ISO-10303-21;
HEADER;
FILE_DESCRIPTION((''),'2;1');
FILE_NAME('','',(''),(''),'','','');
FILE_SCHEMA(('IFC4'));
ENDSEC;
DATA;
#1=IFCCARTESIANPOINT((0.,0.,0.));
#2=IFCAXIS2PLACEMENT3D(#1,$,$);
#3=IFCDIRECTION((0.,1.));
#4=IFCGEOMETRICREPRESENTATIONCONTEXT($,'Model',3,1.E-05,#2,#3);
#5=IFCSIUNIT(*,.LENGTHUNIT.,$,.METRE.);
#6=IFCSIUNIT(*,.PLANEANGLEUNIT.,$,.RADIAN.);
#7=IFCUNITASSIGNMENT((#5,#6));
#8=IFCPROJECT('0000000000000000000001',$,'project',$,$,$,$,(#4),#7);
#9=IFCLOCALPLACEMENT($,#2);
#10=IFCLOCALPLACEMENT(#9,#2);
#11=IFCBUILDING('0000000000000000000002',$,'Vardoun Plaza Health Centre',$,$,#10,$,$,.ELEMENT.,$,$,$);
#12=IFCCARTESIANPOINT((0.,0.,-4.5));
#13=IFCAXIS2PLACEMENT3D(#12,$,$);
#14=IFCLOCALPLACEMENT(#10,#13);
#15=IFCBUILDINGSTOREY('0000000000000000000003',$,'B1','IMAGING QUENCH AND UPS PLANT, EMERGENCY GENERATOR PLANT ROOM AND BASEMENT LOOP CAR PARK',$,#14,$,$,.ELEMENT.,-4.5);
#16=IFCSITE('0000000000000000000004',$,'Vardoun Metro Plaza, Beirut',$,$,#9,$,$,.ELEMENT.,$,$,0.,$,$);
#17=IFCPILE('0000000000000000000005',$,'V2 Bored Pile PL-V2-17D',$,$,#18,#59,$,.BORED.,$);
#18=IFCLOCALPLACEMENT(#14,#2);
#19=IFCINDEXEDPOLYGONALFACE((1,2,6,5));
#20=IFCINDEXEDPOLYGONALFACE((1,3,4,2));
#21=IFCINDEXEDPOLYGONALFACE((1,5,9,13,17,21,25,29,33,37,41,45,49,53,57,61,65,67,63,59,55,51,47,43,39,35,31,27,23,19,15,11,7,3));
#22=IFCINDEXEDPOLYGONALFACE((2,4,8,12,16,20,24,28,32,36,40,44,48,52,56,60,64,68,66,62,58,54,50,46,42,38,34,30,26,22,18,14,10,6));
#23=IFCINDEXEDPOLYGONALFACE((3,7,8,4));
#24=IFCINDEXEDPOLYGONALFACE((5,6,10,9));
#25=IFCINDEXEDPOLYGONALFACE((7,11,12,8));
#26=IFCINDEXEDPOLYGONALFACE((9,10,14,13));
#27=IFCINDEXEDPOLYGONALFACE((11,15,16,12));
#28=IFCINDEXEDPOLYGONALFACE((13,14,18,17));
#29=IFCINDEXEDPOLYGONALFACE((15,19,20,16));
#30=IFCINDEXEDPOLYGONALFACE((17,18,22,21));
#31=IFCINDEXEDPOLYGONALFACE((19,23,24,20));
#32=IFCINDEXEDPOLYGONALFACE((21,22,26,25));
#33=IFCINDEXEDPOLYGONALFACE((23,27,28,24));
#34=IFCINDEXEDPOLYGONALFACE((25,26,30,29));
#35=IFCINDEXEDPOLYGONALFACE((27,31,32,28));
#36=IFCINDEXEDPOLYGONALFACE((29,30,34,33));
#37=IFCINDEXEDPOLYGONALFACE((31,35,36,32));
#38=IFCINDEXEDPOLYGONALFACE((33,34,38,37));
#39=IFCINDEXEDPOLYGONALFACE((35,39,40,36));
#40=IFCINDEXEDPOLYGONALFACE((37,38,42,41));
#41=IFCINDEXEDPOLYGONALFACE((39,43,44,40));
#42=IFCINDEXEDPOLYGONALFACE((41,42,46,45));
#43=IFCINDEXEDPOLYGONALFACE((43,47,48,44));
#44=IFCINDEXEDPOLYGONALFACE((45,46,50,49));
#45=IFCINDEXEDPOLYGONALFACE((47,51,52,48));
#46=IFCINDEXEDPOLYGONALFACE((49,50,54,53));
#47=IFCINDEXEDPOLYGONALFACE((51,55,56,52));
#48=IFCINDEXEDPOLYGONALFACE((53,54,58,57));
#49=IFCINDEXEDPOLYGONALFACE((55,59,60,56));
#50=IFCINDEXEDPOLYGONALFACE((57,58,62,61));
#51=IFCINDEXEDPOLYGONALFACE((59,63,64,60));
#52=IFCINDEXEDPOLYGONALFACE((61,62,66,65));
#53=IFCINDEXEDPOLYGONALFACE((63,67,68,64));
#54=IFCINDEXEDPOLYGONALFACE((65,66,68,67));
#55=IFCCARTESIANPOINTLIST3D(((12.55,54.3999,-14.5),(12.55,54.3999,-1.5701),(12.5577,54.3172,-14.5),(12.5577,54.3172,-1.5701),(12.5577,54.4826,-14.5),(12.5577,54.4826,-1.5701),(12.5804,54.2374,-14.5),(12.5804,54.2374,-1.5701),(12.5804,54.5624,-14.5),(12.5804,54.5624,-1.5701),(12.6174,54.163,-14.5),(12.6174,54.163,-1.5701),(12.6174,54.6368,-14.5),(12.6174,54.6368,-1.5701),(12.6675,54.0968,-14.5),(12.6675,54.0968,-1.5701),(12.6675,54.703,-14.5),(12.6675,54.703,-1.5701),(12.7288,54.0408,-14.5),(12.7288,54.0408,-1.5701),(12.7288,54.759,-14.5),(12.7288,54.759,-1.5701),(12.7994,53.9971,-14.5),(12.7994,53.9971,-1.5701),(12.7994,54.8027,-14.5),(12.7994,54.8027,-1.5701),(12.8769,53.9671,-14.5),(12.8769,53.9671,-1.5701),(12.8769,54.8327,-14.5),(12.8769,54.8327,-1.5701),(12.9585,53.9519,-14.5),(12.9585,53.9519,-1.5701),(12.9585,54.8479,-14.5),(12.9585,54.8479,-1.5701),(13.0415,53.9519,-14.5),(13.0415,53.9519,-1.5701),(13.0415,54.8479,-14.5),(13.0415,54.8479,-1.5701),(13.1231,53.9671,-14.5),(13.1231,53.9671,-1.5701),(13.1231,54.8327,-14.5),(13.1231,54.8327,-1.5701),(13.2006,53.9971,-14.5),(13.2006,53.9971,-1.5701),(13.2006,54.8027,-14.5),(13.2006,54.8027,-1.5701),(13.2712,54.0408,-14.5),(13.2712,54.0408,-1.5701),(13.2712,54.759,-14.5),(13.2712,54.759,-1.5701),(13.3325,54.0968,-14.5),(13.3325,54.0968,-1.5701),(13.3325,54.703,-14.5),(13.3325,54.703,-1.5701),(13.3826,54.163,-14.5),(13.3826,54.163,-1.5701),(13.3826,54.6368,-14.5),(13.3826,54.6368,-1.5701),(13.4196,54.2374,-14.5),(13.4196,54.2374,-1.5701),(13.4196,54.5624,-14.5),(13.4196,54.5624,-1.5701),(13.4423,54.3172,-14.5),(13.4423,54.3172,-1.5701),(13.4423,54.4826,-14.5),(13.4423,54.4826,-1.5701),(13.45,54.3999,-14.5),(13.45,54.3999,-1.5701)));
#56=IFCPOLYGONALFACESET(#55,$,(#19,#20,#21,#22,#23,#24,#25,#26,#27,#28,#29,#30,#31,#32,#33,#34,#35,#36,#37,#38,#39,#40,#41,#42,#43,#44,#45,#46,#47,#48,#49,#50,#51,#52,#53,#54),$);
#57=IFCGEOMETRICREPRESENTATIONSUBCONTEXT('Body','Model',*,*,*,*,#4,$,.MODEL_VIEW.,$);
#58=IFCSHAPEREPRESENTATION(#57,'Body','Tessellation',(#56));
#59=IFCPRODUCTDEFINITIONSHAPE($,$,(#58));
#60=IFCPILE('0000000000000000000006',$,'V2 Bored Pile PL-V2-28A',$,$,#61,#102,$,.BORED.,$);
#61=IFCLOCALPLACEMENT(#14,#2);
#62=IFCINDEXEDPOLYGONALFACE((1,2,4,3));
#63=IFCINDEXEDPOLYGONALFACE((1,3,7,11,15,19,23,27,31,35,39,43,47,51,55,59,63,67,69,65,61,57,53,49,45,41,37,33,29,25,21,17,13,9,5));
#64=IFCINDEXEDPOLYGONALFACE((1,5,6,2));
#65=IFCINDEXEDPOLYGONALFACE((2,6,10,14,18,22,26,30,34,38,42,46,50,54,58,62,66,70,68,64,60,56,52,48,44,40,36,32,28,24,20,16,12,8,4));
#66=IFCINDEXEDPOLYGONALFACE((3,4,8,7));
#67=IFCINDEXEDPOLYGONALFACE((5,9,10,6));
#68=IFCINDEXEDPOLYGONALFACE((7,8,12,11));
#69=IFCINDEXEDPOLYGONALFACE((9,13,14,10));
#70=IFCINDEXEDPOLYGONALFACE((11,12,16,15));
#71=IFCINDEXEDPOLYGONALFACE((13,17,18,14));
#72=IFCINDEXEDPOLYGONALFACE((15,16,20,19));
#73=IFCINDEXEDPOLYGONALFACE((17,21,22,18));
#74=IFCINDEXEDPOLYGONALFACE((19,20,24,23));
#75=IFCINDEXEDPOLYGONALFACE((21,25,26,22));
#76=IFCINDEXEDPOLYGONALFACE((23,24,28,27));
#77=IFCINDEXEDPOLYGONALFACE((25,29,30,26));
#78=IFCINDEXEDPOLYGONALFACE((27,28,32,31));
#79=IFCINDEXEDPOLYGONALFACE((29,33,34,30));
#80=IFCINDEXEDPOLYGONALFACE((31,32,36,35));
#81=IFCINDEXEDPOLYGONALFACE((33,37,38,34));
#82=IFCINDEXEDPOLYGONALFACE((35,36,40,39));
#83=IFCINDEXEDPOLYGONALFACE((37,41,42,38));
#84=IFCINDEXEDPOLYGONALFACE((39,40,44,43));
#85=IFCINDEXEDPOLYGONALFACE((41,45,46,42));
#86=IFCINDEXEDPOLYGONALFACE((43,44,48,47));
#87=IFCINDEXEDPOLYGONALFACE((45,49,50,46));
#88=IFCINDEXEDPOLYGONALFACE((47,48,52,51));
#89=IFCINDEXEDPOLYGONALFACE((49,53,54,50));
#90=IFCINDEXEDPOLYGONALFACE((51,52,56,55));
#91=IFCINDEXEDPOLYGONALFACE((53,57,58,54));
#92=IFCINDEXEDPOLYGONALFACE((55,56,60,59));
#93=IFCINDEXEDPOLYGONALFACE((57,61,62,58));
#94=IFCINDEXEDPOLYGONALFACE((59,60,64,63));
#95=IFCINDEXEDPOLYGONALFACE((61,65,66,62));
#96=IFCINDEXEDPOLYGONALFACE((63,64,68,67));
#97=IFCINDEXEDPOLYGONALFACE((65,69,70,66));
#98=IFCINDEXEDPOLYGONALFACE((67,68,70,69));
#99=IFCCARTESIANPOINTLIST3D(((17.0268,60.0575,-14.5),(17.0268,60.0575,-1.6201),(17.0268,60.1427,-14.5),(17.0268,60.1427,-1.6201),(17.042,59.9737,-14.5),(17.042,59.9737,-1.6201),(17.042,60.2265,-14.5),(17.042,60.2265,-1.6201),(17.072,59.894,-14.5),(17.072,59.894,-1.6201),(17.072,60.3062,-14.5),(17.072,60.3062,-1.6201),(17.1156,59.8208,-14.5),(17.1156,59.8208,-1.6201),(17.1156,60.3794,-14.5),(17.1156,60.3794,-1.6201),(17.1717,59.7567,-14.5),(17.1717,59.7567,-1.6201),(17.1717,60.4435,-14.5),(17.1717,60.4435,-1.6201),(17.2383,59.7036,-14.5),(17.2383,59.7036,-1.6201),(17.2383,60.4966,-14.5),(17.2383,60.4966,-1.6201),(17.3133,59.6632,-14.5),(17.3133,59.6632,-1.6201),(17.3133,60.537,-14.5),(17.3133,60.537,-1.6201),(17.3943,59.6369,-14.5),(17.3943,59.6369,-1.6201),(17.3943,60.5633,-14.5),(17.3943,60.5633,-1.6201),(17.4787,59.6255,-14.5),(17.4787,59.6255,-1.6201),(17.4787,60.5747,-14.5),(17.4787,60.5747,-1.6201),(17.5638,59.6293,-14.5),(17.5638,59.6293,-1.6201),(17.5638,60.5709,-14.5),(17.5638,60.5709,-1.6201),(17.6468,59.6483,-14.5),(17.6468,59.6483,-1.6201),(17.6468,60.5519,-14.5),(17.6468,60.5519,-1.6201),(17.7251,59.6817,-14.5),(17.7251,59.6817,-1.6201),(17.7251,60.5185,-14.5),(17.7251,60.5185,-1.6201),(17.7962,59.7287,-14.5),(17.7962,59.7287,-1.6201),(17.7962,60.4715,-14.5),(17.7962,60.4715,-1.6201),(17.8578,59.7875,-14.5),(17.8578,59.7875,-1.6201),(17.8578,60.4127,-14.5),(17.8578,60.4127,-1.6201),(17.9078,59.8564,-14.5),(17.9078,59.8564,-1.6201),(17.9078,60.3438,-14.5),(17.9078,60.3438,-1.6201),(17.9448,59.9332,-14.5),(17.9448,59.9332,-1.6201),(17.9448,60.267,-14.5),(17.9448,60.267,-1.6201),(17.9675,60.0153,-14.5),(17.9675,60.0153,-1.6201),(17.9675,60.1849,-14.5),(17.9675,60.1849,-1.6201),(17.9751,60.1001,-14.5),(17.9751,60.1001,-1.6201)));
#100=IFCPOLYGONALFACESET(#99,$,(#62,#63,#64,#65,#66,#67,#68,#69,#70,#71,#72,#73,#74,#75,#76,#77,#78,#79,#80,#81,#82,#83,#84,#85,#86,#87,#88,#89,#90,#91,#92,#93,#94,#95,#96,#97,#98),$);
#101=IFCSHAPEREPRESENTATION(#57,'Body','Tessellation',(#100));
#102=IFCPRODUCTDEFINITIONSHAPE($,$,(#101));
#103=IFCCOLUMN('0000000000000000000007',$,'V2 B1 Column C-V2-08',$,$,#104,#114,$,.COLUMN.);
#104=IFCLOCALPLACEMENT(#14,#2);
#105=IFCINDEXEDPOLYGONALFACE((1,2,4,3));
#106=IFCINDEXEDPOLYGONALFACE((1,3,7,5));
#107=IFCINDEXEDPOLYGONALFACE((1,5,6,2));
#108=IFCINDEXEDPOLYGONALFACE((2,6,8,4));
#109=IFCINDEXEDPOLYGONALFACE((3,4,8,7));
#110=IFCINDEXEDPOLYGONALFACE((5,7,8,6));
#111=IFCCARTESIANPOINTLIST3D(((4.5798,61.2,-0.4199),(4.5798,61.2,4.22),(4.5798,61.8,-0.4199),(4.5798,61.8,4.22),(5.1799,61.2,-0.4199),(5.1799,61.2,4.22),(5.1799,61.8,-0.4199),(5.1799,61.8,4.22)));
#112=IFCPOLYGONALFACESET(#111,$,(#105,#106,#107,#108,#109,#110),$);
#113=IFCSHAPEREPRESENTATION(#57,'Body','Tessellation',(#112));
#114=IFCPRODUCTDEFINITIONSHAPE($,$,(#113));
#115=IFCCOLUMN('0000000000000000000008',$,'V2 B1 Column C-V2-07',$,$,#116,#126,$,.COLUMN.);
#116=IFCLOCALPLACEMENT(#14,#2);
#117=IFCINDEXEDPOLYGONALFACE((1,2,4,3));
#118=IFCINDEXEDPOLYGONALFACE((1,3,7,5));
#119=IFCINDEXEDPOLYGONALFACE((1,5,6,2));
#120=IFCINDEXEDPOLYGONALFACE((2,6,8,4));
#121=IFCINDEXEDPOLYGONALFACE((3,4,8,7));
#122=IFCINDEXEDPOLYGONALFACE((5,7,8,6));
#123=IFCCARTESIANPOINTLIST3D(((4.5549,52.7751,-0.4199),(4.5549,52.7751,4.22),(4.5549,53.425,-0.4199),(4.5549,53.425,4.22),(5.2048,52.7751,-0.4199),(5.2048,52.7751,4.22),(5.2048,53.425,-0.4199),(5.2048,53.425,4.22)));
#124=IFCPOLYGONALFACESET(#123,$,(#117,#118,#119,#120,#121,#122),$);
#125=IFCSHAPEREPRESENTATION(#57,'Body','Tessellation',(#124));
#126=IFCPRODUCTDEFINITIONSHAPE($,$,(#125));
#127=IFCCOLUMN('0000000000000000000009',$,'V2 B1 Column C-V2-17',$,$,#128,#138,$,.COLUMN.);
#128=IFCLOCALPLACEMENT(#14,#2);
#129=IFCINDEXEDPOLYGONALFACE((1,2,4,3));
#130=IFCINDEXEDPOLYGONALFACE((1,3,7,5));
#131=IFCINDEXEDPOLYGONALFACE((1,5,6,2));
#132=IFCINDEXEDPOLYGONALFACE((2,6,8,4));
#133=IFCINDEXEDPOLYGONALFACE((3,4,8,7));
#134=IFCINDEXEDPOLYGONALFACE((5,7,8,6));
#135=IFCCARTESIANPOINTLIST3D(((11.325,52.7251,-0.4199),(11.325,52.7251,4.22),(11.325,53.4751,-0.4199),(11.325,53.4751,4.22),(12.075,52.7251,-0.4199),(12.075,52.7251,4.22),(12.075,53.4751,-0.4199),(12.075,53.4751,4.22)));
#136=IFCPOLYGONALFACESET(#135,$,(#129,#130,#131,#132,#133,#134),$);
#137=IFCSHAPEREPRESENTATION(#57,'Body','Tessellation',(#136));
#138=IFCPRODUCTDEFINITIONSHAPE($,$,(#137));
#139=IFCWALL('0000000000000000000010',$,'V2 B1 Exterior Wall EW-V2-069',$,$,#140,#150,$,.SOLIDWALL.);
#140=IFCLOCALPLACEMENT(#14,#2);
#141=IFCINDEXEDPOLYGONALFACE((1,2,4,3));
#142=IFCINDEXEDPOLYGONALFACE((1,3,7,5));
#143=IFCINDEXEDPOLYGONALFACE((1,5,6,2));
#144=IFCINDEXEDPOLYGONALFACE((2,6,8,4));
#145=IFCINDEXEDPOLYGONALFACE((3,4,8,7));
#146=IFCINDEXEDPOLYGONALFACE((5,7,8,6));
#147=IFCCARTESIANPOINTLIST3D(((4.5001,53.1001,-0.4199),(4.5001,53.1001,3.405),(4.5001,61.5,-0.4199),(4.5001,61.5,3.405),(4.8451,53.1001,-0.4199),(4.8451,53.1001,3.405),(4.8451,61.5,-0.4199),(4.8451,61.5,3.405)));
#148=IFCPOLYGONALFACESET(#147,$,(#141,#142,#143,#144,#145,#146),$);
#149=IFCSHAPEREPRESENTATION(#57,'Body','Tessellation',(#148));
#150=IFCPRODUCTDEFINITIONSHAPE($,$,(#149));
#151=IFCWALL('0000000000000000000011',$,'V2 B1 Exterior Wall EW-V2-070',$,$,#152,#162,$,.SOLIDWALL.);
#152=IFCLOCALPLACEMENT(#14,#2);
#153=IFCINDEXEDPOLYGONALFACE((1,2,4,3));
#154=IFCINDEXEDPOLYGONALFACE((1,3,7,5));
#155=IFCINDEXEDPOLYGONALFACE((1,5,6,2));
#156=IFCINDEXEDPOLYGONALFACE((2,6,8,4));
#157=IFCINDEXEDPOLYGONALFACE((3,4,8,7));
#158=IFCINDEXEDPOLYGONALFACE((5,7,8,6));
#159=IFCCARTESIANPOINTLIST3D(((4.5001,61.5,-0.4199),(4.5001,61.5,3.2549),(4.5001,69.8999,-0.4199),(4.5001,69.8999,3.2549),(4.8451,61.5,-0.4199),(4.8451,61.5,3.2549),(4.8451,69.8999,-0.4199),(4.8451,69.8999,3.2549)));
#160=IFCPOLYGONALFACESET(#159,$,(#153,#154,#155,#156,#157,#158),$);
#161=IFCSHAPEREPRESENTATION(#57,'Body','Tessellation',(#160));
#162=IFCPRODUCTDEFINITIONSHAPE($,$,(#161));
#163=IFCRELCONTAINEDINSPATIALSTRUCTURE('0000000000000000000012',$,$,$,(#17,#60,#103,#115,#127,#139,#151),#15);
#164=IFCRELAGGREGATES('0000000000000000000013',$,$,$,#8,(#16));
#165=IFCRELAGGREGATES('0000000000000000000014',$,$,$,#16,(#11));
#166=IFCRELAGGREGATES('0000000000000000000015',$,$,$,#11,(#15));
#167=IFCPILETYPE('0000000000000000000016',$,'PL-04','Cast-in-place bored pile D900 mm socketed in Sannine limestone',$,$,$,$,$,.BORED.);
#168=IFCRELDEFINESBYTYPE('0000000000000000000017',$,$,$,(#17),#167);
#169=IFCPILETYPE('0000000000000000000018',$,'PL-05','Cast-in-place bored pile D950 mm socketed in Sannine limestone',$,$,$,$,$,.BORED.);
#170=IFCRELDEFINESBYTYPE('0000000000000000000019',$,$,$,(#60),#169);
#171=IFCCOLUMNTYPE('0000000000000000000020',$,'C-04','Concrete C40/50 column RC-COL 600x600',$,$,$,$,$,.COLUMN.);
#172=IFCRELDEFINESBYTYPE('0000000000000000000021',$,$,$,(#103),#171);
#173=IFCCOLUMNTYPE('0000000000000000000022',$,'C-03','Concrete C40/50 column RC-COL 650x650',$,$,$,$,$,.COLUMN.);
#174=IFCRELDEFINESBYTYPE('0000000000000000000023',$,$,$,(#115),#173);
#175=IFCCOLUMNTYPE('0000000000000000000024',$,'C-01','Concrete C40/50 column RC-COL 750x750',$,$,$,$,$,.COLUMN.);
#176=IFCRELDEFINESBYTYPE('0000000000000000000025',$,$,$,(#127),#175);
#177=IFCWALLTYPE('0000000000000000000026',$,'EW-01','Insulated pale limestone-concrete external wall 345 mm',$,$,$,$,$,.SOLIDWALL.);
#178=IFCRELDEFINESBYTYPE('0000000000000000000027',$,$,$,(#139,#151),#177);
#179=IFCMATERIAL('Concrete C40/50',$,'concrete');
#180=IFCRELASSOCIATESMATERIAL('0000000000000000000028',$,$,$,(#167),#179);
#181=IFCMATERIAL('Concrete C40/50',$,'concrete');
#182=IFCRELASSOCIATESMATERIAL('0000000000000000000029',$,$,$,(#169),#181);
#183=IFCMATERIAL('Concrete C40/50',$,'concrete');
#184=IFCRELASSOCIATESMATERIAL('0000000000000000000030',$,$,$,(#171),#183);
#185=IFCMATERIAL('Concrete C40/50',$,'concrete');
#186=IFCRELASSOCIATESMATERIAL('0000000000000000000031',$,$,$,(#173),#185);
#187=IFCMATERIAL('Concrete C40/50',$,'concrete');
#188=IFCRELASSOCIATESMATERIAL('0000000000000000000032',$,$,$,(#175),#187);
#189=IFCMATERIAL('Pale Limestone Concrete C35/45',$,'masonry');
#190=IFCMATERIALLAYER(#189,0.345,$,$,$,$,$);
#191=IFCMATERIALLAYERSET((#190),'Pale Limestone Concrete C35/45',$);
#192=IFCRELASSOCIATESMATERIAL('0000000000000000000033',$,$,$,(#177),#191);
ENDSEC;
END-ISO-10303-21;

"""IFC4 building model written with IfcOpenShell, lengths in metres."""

from ifc_helpers import new_model, si_unit, direction, frame, frame_2d, origin, origin_2d, place, context, subcontext, project, spatial, rectangle, circle, extrude, material, layer, layer_set, material_profile, profile_set, type_object, element, save


model = new_model("IFC4")

# Units and contexts
model_context = context("Model", 3, precision=1e-05, world=origin(), true_north=direction((0.0, 1.0)))
body_context = subcontext(model_context, "Body", "Model", "MODEL_VIEW")
ifc_project = project(units=[si_unit("LENGTHUNIT", "METRE"), si_unit("PLANEANGLEUNIT", "RADIAN")], contexts=[model_context])

# Site, building, storey
site_placement = place(None, origin())
site = spatial("IfcSite", under=ifc_project, at=site_placement, Name="Vardoun Metro Plaza, Beirut", CompositionType="ELEMENT", RefElevation=0.0)
building_placement = place(site_placement, origin())
building = spatial("IfcBuilding", under=site, at=building_placement, Name="Vardoun Plaza Health Centre", CompositionType="ELEMENT")
storey_placement = place(building_placement, frame((0.0, 0.0, -4.5)))
storey = spatial("IfcBuildingStorey", under=building, at=storey_placement, Name="B1", Description="IMAGING QUENCH AND UPS PLANT, EMERGENCY GENERATOR PLANT ROOM AND BASEMENT LOOP CAR PARK", CompositionType="ELEMENT", Elevation=-4.5)

# Piles
ifc_material_1 = material(Name="Concrete C40/50", Category="concrete")
ifc_material_profile_1 = material_profile(ifc_material_1, circle(Radius=0.45, at=origin_2d()), Name="PILE D900")
ifc_profile_set_1 = profile_set([ifc_material_profile_1], Name="Concrete C40/50")
pile_type_1 = type_object("IfcPileType", Name="PL-04", Description="Cast-in-place bored pile D900 mm socketed in Sannine limestone", PredefinedType="BORED", material=ifc_profile_set_1)
for number, where, z_axis, x_axis, name in (
    (1, (13.0, 54.3999, -1.5701), (0.0, 0.0, -1.0), (1.0, 0.0, 0.0), "V2 Bored Pile PL-V2-17D"),
):
    element("IfcPile", number, at=place(storey_placement, frame(where, z_axis=z_axis, x_axis=x_axis)), inside=storey, type_object=pile_type_1, Name=name, PredefinedType="BORED", context=body_context, shape_type="SweptSolid", body=[
        extrude(circle(Radius=0.45, at=origin_2d()), origin(), (0.0, 0.0, 1.0), 12.9299),
    ])
ifc_material_2 = material(Name="Concrete C40/50", Category="concrete")
ifc_material_profile_2 = material_profile(ifc_material_2, circle(Radius=0.4751, at=origin_2d()), Name="PILE D950")
ifc_profile_set_2 = profile_set([ifc_material_profile_2], Name="Concrete C40/50")
pile_type_2 = type_object("IfcPileType", Name="PL-05", Description="Cast-in-place bored pile D950 mm socketed in Sannine limestone", PredefinedType="BORED", material=ifc_profile_set_2)
pile_1_placement = place(storey_placement, frame((17.5, 60.1001, -1.6201), z_axis=(0.0, 0.0, -1.0), x_axis=(1.0, 0.0, 0.0)))
element("IfcPile", 2, at=pile_1_placement, inside=storey, type_object=pile_type_2, Name="V2 Bored Pile PL-V2-28A", PredefinedType="BORED", context=body_context, shape_type="SweptSolid", body=[
    extrude(circle(Radius=0.4751, at=origin_2d()), origin(), (0.0, 0.0, 1.0), 12.8799),
])

# Columns
ifc_material_3 = material(Name="Concrete C40/50", Category="concrete")
ifc_material_profile_3 = material_profile(ifc_material_3, rectangle(XDim=0.6001, YDim=0.6001, at=origin_2d()), Name="RC-COL 600x600")
ifc_profile_set_3 = profile_set([ifc_material_profile_3], Name="Concrete C40/50")
column_type_1 = type_object("IfcColumnType", Name="C-04", Description="Concrete C40/50 column RC-COL 600x600", PredefinedType="COLUMN", material=ifc_profile_set_3)
column_1_placement = place(storey_placement, frame((4.8799, 61.5, -0.4199), z_axis=(0.0, 0.0, 1.0), x_axis=(1.0, 0.0, 0.0)))
element("IfcColumn", 3, at=column_1_placement, inside=storey, type_object=column_type_1, Name="V2 B1 Column C-V2-08", PredefinedType="COLUMN", context=body_context, shape_type="SweptSolid", body=[
    extrude(rectangle(XDim=0.6001, YDim=0.6001, at=origin_2d()), origin(), (0.0, 0.0, 1.0), 4.6399),
])
ifc_material_4 = material(Name="Concrete C40/50", Category="concrete")
ifc_material_profile_4 = material_profile(ifc_material_4, rectangle(XDim=0.6499, YDim=0.6499, at=origin_2d()), Name="RC-COL 650x650")
ifc_profile_set_4 = profile_set([ifc_material_profile_4], Name="Concrete C40/50")
column_type_2 = type_object("IfcColumnType", Name="C-03", Description="Concrete C40/50 column RC-COL 650x650", PredefinedType="COLUMN", material=ifc_profile_set_4)
column_2_placement = place(storey_placement, frame((4.8799, 53.1001, -0.4199), z_axis=(0.0, 0.0, 1.0), x_axis=(1.0, 0.0, 0.0)))
element("IfcColumn", 4, at=column_2_placement, inside=storey, type_object=column_type_2, Name="V2 B1 Column C-V2-07", PredefinedType="COLUMN", context=body_context, shape_type="SweptSolid", body=[
    extrude(rectangle(XDim=0.6499, YDim=0.6499, at=origin_2d()), origin(), (0.0, 0.0, 1.0), 4.6399),
])
ifc_material_5 = material(Name="Concrete C40/50", Category="concrete")
ifc_material_profile_5 = material_profile(ifc_material_5, rectangle(XDim=0.75, YDim=0.75, at=origin_2d()), Name="RC-COL 750x750")
ifc_profile_set_5 = profile_set([ifc_material_profile_5], Name="Concrete C40/50")
column_type_3 = type_object("IfcColumnType", Name="C-01", Description="Concrete C40/50 column RC-COL 750x750", PredefinedType="COLUMN", material=ifc_profile_set_5)
column_3_placement = place(storey_placement, frame((11.7, 53.1001, -0.4199), z_axis=(0.0, 0.0, 1.0), x_axis=(1.0, 0.0, 0.0)))
element("IfcColumn", 5, at=column_3_placement, inside=storey, type_object=column_type_3, Name="V2 B1 Column C-V2-17", PredefinedType="COLUMN", context=body_context, shape_type="SweptSolid", body=[
    extrude(rectangle(XDim=0.75, YDim=0.75, at=origin_2d()), origin(), (0.0, 0.0, 1.0), 4.6399),
])

# Walls
ifc_material_6 = material(Name="Pale Limestone Concrete C35/45", Category="masonry")
ifc_layer = layer(ifc_material_6, 0.345)
ifc_layer_set = layer_set([ifc_layer], Name="Pale Limestone Concrete C35/45")
wall_type = type_object("IfcWallType", Name="EW-01", Description="Insulated pale limestone-concrete external wall 345 mm", PredefinedType="SOLIDWALL", material=ifc_layer_set)
wall_1_placement = place(storey_placement, frame((4.6726, 53.1001, -0.4199), z_axis=(0.0, 0.0, 1.0), x_axis=(0.0, 1.0, 0.0)))
element("IfcWall", 6, at=wall_1_placement, inside=storey, type_object=wall_type, Name="V2 B1 Exterior Wall EW-V2-069", PredefinedType="SOLIDWALL", context=body_context, shape_type="SweptSolid", body=[
    extrude(rectangle(XDim=8.3999, YDim=0.345, at=frame_2d((4.2, 0.0))), origin(), (0.0, 0.0, 1.0), 3.825),
])
wall_2_placement = place(storey_placement, frame((4.6726, 61.5, -0.4199), z_axis=(0.0, 0.0, 1.0), x_axis=(0.0, 1.0, 0.0)))
element("IfcWall", 7, at=wall_2_placement, inside=storey, type_object=wall_type, Name="V2 B1 Exterior Wall EW-V2-070", PredefinedType="SOLIDWALL", context=body_context, shape_type="SweptSolid", body=[
    extrude(rectangle(XDim=8.3999, YDim=0.345, at=frame_2d((4.2, 0.0))), origin(), (0.0, 0.0, 1.0), 3.6748),
])

save(model, "model.ifc")
